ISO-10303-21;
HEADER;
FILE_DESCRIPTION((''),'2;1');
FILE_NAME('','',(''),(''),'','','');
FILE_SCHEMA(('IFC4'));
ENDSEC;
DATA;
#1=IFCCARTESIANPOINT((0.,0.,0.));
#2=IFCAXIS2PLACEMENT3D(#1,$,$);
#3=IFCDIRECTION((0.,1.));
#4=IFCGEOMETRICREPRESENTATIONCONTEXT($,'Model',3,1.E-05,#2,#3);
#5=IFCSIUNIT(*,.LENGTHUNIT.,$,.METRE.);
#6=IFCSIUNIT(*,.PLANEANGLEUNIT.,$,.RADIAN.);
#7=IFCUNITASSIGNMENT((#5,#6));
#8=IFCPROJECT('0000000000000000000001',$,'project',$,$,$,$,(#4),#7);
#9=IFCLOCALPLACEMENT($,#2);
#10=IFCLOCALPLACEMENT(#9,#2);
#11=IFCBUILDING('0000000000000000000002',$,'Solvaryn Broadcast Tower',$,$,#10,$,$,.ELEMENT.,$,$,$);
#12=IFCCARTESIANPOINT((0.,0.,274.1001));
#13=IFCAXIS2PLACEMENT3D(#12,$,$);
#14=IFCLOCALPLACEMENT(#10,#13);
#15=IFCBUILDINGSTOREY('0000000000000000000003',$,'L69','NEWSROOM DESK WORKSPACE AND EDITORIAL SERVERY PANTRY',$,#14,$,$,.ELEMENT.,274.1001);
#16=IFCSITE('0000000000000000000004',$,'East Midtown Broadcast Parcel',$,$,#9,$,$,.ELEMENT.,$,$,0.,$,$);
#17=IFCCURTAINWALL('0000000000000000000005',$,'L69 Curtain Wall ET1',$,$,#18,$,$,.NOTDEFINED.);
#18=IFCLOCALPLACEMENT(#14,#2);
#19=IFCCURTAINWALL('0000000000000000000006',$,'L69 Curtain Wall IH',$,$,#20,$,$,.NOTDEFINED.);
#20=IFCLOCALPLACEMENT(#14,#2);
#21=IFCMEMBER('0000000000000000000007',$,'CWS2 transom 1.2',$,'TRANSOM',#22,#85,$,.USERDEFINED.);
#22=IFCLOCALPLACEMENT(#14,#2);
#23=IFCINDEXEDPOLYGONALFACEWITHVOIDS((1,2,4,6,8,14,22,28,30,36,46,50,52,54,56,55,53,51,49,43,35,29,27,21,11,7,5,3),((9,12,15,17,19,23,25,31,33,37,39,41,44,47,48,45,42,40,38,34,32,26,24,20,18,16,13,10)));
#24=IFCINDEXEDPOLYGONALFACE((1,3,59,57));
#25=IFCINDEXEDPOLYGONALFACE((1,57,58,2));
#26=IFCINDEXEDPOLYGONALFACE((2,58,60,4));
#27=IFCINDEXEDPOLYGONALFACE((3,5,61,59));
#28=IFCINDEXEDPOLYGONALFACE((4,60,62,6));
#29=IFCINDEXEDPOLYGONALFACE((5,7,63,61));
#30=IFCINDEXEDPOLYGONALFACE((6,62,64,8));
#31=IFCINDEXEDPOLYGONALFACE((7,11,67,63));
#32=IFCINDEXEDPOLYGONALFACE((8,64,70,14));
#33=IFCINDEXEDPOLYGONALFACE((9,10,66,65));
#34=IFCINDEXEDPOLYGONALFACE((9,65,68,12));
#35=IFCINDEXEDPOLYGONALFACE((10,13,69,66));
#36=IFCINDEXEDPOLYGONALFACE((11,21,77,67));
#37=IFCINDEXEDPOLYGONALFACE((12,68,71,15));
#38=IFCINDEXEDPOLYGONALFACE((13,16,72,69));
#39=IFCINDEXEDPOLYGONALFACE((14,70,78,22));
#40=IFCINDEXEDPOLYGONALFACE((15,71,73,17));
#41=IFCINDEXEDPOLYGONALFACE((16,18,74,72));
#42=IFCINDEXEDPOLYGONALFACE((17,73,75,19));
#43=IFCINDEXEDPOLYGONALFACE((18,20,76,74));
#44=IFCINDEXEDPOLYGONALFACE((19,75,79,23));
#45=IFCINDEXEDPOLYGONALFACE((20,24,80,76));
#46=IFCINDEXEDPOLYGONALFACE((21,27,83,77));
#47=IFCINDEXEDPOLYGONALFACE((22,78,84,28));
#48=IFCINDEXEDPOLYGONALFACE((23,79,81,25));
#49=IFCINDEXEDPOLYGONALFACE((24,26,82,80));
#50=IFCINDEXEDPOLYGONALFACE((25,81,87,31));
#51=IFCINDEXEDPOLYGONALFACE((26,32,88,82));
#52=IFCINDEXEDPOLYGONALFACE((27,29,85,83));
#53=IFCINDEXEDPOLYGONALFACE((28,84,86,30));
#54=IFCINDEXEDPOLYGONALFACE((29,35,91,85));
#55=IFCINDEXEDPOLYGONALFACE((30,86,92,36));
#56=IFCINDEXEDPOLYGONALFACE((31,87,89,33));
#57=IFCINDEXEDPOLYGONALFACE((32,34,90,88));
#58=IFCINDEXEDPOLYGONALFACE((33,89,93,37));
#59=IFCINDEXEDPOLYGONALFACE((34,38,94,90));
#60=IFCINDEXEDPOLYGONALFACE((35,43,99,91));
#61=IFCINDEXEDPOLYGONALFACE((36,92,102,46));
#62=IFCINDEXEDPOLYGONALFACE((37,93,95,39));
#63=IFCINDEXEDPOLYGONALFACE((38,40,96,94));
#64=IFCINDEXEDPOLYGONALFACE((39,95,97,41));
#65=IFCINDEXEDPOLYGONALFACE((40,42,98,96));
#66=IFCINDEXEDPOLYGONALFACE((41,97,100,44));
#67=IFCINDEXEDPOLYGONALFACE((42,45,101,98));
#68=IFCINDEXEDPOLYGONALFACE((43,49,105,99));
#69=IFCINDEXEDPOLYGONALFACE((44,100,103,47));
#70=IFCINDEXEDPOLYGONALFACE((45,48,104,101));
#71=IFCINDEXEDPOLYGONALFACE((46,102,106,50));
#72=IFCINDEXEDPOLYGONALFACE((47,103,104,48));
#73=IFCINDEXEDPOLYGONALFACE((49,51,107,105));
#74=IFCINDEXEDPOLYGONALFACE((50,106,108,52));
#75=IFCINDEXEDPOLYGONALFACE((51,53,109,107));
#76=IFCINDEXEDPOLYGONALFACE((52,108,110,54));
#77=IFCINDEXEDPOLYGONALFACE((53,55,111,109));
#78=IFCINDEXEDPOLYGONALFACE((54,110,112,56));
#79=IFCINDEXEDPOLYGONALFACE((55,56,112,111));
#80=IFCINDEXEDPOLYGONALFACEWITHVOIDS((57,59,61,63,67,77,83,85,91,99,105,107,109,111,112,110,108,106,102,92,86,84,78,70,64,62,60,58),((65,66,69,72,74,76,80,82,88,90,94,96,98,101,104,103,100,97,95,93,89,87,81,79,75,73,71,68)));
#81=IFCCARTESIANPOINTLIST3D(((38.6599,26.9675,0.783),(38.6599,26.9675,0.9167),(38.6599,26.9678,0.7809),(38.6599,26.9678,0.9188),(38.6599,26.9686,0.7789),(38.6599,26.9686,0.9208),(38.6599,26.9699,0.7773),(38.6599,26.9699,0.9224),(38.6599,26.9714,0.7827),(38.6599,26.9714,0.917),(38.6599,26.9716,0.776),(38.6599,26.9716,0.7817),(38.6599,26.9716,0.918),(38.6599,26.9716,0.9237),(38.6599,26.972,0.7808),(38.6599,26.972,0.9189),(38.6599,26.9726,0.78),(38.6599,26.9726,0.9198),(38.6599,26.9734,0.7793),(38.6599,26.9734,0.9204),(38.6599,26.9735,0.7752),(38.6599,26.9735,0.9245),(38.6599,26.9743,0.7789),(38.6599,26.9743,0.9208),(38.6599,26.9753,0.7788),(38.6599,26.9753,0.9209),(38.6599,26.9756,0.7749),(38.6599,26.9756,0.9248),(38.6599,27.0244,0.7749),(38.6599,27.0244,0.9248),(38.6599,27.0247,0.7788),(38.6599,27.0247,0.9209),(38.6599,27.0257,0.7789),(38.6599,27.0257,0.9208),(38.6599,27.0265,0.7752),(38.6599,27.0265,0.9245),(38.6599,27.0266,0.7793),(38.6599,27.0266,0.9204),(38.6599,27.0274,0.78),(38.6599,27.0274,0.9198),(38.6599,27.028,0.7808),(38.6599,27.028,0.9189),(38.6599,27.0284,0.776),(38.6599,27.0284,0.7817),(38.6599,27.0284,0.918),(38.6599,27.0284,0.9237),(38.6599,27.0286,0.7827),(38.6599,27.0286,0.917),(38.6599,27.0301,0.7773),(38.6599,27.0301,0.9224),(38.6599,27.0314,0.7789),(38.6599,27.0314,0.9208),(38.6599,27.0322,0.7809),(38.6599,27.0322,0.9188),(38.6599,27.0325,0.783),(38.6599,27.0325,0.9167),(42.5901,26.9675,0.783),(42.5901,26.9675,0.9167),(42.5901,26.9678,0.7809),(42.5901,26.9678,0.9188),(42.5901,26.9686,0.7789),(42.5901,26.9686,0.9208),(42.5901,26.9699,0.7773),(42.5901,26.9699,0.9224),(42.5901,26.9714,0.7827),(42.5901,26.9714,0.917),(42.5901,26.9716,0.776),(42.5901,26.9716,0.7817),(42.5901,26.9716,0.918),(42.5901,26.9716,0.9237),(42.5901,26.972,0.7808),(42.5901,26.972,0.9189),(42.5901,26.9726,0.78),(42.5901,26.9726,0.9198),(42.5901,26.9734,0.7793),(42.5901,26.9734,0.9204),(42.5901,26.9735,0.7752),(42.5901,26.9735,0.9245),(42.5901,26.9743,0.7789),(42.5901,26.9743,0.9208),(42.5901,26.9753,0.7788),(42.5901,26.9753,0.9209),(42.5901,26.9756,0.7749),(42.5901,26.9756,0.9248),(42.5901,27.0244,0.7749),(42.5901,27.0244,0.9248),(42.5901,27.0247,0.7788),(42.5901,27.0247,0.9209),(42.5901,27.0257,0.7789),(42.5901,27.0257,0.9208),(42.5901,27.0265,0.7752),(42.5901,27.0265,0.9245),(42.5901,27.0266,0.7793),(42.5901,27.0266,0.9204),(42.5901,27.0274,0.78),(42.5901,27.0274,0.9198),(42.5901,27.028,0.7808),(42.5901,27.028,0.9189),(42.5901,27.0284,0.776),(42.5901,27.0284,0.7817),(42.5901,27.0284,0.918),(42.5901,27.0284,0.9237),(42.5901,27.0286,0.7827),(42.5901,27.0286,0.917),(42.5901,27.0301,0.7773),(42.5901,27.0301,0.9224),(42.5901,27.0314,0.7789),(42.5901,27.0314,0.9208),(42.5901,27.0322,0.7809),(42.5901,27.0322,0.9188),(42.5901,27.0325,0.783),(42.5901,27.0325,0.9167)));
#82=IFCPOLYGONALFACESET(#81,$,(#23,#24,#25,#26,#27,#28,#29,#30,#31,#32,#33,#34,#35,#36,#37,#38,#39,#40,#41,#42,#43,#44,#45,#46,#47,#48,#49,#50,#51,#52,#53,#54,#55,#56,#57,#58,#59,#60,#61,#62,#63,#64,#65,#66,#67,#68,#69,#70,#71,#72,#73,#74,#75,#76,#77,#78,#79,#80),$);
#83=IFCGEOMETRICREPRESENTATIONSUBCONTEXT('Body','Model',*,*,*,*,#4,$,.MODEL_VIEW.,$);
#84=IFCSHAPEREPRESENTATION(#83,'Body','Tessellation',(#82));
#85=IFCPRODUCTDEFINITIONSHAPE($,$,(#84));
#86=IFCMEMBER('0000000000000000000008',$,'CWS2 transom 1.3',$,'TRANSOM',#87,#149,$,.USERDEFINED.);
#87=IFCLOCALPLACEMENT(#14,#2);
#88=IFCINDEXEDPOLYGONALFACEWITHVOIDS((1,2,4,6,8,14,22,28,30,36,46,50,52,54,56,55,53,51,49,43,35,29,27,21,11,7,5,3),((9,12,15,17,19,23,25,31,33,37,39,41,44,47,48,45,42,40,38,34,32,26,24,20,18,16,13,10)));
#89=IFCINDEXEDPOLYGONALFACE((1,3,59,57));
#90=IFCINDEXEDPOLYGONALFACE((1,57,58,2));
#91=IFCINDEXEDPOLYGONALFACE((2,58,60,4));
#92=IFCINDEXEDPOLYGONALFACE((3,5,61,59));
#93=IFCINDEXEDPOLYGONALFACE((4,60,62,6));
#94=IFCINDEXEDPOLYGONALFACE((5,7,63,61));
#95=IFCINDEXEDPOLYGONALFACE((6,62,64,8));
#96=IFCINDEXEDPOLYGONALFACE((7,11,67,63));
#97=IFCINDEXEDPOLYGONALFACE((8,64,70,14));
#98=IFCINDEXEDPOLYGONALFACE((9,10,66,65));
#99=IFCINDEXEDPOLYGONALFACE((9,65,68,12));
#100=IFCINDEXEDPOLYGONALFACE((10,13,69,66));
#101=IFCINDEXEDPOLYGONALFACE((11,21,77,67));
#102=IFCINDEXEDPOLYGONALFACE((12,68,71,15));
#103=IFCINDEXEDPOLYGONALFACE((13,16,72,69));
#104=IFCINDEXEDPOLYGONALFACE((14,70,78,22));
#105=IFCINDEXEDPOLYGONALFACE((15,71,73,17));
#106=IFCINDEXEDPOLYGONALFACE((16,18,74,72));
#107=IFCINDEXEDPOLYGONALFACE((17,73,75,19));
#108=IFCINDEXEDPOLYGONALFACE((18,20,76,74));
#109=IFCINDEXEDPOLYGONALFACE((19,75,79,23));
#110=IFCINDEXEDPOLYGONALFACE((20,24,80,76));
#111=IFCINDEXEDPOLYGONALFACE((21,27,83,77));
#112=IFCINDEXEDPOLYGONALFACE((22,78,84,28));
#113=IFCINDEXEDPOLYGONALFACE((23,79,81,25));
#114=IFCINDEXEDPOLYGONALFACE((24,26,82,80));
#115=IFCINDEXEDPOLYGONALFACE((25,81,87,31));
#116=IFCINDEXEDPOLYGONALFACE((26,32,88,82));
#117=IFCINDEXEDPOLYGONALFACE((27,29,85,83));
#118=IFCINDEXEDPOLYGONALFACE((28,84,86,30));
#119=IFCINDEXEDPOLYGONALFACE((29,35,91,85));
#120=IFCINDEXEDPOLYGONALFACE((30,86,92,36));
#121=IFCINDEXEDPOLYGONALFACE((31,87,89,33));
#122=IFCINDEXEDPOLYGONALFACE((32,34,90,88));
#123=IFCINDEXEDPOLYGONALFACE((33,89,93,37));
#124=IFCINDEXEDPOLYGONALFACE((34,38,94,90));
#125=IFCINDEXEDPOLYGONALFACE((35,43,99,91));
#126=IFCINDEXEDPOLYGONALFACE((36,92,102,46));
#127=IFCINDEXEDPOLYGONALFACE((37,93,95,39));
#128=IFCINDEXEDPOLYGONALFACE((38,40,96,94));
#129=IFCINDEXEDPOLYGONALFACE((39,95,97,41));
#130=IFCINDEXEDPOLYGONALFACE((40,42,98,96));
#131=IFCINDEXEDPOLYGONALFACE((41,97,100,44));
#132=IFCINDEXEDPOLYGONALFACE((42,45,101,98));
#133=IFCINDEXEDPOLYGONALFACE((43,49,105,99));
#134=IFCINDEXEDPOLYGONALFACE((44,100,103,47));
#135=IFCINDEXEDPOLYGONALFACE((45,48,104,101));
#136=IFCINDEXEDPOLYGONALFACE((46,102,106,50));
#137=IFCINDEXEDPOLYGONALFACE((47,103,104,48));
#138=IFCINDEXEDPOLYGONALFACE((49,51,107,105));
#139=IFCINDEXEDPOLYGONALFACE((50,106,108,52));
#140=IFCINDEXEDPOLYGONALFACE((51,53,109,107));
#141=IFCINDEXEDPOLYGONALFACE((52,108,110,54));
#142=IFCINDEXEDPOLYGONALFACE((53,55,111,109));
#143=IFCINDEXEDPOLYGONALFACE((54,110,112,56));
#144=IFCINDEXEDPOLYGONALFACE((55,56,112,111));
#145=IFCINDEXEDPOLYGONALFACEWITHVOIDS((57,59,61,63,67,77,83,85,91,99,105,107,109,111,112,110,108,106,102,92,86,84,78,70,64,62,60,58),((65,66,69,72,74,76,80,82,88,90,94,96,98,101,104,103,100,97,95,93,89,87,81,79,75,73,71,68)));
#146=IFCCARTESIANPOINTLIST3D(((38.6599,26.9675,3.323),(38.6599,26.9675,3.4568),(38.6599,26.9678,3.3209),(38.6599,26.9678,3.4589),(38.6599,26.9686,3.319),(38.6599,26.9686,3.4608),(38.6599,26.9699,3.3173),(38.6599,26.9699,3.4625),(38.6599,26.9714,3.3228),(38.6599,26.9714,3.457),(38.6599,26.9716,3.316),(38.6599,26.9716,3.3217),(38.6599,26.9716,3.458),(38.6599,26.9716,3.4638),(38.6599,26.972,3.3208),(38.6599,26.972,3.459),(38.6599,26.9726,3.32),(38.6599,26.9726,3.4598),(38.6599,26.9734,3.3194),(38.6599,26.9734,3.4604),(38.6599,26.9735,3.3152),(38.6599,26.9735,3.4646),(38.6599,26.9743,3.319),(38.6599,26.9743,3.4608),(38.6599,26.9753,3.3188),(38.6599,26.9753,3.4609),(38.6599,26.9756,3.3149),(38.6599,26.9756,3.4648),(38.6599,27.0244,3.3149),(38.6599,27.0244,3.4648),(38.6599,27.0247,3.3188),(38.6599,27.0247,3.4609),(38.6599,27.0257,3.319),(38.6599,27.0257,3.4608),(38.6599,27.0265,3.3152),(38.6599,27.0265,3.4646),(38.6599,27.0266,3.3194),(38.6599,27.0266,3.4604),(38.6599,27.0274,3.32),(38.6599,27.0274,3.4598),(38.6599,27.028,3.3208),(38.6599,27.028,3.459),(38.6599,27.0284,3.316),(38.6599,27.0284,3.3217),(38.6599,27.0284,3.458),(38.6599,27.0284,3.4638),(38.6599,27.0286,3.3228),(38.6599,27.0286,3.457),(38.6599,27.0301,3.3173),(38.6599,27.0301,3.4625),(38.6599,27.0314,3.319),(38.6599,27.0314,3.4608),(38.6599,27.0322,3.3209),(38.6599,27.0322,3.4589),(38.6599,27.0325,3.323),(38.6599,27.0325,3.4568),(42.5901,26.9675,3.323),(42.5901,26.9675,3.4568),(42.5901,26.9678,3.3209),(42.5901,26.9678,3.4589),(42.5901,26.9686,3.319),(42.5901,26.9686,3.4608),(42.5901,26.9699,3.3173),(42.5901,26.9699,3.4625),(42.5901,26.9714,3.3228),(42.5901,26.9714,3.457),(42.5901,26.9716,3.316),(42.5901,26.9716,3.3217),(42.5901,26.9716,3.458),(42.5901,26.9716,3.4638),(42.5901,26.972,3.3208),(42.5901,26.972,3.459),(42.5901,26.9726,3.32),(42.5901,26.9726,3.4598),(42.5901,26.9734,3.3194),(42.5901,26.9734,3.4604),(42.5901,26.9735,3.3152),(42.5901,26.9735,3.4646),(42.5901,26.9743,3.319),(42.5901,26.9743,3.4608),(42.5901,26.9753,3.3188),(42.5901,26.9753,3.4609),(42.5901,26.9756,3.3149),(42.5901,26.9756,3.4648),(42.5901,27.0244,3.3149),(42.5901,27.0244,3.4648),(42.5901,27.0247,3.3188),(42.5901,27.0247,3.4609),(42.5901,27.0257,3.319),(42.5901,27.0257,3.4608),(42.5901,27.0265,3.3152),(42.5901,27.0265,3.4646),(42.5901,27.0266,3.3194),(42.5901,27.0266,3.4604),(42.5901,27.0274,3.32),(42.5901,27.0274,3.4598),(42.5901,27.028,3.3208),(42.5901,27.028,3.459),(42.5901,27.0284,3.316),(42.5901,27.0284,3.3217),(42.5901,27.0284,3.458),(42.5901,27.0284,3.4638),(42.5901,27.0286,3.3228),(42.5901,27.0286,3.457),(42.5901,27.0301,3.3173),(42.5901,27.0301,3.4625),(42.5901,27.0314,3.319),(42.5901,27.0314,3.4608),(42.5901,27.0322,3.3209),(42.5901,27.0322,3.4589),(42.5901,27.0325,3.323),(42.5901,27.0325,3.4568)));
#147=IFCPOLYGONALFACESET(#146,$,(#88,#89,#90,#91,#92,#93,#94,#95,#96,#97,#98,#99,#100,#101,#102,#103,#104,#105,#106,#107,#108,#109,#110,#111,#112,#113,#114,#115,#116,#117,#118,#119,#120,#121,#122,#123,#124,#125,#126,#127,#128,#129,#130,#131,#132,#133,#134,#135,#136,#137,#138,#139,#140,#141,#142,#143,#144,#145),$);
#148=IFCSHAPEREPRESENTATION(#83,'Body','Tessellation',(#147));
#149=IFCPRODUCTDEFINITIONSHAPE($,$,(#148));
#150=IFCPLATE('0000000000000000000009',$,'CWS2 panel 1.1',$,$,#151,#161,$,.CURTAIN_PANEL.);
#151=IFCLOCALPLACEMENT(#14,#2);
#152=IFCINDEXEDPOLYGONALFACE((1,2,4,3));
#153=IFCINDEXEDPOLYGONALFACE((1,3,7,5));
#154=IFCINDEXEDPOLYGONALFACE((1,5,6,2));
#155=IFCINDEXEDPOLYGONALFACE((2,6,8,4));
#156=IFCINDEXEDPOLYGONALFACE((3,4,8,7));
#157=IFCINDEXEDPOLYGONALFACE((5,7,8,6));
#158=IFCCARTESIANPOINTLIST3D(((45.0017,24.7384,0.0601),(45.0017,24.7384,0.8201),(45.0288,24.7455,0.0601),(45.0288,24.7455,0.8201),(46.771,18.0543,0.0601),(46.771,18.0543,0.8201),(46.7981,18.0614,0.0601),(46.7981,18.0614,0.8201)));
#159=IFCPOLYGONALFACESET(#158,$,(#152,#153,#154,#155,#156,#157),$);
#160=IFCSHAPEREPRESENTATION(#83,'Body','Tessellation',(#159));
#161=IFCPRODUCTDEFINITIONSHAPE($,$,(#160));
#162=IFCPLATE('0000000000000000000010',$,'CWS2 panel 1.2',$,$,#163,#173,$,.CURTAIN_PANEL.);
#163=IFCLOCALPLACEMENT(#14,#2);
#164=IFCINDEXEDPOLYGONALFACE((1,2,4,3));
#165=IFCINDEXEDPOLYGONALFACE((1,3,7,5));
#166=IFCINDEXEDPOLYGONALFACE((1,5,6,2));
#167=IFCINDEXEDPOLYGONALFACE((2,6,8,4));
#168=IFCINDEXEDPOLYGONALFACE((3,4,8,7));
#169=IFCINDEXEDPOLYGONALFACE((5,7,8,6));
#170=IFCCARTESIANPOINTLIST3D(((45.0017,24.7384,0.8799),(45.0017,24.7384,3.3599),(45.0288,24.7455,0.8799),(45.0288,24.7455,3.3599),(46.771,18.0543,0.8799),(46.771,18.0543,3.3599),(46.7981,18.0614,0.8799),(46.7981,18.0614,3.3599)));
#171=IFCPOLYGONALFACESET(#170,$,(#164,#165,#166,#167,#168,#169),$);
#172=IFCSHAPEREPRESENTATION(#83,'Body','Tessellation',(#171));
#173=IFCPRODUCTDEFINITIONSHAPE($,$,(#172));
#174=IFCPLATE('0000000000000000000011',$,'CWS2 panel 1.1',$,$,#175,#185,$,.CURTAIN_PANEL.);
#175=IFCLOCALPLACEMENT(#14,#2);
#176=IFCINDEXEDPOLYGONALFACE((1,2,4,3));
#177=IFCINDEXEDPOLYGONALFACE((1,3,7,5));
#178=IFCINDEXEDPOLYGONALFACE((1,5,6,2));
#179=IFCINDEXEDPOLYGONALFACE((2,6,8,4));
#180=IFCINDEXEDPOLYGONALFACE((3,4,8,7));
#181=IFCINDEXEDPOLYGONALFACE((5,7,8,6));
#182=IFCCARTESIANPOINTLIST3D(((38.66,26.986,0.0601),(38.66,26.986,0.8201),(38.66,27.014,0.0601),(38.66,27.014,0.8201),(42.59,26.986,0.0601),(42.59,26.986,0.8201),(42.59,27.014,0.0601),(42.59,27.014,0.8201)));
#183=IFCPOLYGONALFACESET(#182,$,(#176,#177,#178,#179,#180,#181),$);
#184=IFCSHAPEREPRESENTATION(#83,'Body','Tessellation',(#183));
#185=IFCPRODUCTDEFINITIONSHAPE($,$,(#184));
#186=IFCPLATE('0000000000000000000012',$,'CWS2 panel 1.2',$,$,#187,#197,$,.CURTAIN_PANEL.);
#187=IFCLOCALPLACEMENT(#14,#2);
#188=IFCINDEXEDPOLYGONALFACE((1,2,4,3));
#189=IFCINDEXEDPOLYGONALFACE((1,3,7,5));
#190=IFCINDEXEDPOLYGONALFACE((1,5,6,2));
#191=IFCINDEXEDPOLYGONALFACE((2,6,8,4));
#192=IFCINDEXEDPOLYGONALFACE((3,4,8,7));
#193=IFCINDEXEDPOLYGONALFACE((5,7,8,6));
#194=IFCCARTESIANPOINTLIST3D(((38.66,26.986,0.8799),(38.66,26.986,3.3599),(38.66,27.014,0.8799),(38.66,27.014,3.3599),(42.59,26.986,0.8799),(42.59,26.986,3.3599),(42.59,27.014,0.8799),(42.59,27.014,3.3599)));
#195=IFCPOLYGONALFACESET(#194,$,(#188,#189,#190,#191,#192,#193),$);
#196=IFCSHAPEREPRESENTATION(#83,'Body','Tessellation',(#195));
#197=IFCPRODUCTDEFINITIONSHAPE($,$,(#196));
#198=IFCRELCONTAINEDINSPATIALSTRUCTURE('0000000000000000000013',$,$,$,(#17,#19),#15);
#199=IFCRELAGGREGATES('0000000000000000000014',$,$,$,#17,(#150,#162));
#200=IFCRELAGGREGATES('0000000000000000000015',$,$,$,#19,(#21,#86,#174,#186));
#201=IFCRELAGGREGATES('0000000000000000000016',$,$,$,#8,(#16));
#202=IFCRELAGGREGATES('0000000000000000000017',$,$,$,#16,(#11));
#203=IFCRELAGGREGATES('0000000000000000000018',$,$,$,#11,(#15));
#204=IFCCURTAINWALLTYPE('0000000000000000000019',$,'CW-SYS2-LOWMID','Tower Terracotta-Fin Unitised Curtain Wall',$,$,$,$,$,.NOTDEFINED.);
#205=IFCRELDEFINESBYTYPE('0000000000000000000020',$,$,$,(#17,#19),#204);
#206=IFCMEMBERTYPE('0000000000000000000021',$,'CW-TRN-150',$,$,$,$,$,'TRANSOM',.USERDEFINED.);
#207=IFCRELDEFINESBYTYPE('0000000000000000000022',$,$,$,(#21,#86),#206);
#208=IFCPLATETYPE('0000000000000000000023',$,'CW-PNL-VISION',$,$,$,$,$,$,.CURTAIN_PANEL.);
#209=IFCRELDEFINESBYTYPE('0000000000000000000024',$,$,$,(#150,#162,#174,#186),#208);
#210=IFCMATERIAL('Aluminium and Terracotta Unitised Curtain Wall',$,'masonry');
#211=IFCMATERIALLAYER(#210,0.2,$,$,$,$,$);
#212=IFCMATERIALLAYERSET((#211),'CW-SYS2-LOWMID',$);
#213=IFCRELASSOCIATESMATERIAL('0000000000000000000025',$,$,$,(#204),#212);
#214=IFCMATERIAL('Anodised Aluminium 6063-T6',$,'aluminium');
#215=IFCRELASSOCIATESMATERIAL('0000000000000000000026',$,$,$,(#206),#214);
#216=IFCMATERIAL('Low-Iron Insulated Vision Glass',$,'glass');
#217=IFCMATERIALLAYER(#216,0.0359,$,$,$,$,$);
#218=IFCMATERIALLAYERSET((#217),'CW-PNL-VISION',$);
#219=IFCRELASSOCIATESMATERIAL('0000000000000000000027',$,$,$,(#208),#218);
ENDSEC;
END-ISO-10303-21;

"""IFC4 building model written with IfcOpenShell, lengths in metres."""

from ifc_helpers import new_model, si_unit, direction, frame, origin, origin_2d, place, context, subcontext, project, spatial, rectangle, hollow_rectangle, extrude, material, layer, layer_set, material_profile, profile_set, type_object, element, aggregate, save


model = new_model("IFC4")

# Units and contexts
model_context = context("Model", 3, precision=1e-05, world=origin(), true_north=direction((0.0, 1.0)))
body_context = subcontext(model_context, "Body", "Model", "MODEL_VIEW")
ifc_project = project(units=[si_unit("LENGTHUNIT", "METRE"), si_unit("PLANEANGLEUNIT", "RADIAN")], contexts=[model_context])

# Site, building, storey
site_placement = place(None, origin())
site = spatial("IfcSite", under=ifc_project, at=site_placement, Name="East Midtown Broadcast Parcel", CompositionType="ELEMENT", RefElevation=0.0)
building_placement = place(site_placement, origin())
building = spatial("IfcBuilding", under=site, at=building_placement, Name="Solvaryn Broadcast Tower", CompositionType="ELEMENT")
storey_placement = place(building_placement, frame((0.0, 0.0, 274.1001)))
storey = spatial("IfcBuildingStorey", under=building, at=storey_placement, Name="L69", Description="NEWSROOM DESK WORKSPACE AND EDITORIAL SERVERY PANTRY", CompositionType="ELEMENT", Elevation=274.1001)

# Curtain walls
ifc_material_1 = material(Name="Aluminium and Terracotta Unitised Curtain Wall", Category="masonry")
ifc_layer_1 = layer(ifc_material_1, 0.2)
ifc_layer_set_1 = layer_set([ifc_layer_1], Name="CW-SYS2-LOWMID")
curtain_wall_type = type_object("IfcCurtainWallType", Name="CW-SYS2-LOWMID", Description="Tower Terracotta-Fin Unitised Curtain Wall", PredefinedType="NOTDEFINED", material=ifc_layer_set_1)
curtain_wall_1_placement = place(storey_placement, origin())
curtain_wall_1 = element("IfcCurtainWall", 1, at=curtain_wall_1_placement, inside=storey, type_object=curtain_wall_type, Name="L69 Curtain Wall ET1", PredefinedType="NOTDEFINED")
curtain_wall_2_placement = place(storey_placement, origin())
curtain_wall_2 = element("IfcCurtainWall", 2, at=curtain_wall_2_placement, inside=storey, type_object=curtain_wall_type, Name="L69 Curtain Wall IH", PredefinedType="NOTDEFINED")

# Members
ifc_material_2 = material(Name="Anodised Aluminium 6063-T6", Category="aluminium")
ifc_material_profile_1 = material_profile(ifc_material_2, hollow_rectangle(XDim=0.0649, YDim=0.1499, WallThickness=0.0039, InnerFilletRadius=0.0039, OuterFilletRadius=0.0081, at=origin_2d()))
ifc_profile_set_1 = profile_set([ifc_material_profile_1], Name="Anodised Aluminium 6063-T6")
member_type_1 = type_object("IfcMemberType", Name="CW-TRN-150", ElementType="TRANSOM", PredefinedType="USERDEFINED", material=ifc_profile_set_1)
member_1_placement = place(storey_placement, frame((38.6599, 27.0, 0.8499), z_axis=(1.0, 0.0, 0.0), x_axis=(0.0, 1.0, 0.0)))
member_1 = element("IfcMember", 3, at=member_1_placement, type_object=member_type_1, Name="CWS2 transom 1.2", ObjectType="TRANSOM", PredefinedType="USERDEFINED", context=body_context, shape_type="SweptSolid", body=[
    extrude(hollow_rectangle(XDim=0.0649, YDim=0.1499, WallThickness=0.0039, InnerFilletRadius=0.0039, OuterFilletRadius=0.0081, at=origin_2d()), origin(), (0.0, 0.0, 1.0), 3.9302),
])
member_2_placement = place(storey_placement, frame((38.6599, 27.0, 3.3899), z_axis=(1.0, 0.0, 0.0), x_axis=(0.0, 1.0, 0.0)))
member_2 = element("IfcMember", 4, at=member_2_placement, type_object=member_type_1, Name="CWS2 transom 1.3", ObjectType="TRANSOM", PredefinedType="USERDEFINED", context=body_context, shape_type="SweptSolid", body=[
    extrude(hollow_rectangle(XDim=0.0649, YDim=0.1499, WallThickness=0.0039, InnerFilletRadius=0.0039, OuterFilletRadius=0.0081, at=origin_2d()), origin(), (0.0, 0.0, 1.0), 3.9302),
])

# Plates
ifc_material_3 = material(Name="Low-Iron Insulated Vision Glass", Category="glass")
ifc_layer_2 = layer(ifc_material_3, 0.0359)
ifc_layer_set_2 = layer_set([ifc_layer_2], Name="CW-PNL-VISION")
plate_type = type_object("IfcPlateType", Name="CW-PNL-VISION", PredefinedType="CURTAIN_PANEL", material=ifc_layer_set_2)
plate_1_placement = place(storey_placement, frame((45.8999, 21.3999, 0.0601), z_axis=(0.0, 0.0, 1.0), x_axis=(0.255893, -0.966705, 0.0)))
plate_1 = element("IfcPlate", 5, at=plate_1_placement, type_object=plate_type, Name="CWS2 panel 1.1", PredefinedType="CURTAIN_PANEL", context=body_context, shape_type="SweptSolid", body=[
    extrude(rectangle(XDim=6.9143, YDim=0.0281, at=origin_2d()), origin(), (0.0, 0.0, 1.0), 0.76),
])
plate_2_placement = place(storey_placement, frame((45.8999, 21.3999, 0.8799), z_axis=(0.0, 0.0, 1.0), x_axis=(0.255893, -0.966705, 0.0)))
plate_2 = element("IfcPlate", 6, at=plate_2_placement, type_object=plate_type, Name="CWS2 panel 1.2", PredefinedType="CURTAIN_PANEL", context=body_context, shape_type="SweptSolid", body=[
    extrude(rectangle(XDim=6.9143, YDim=0.0281, at=origin_2d()), origin(), (0.0, 0.0, 1.0), 2.48),
])
aggregate(curtain_wall_1, [plate_1, plate_2])
plate_3_placement = place(storey_placement, frame((40.625, 27.0, 0.0601), z_axis=(0.0, 0.0, 1.0), x_axis=(1.0, 0.0, 0.0)))
plate_3 = element("IfcPlate", 7, at=plate_3_placement, type_object=plate_type, Name="CWS2 panel 1.1", PredefinedType="CURTAIN_PANEL", context=body_context, shape_type="SweptSolid", body=[
    extrude(rectangle(XDim=3.9299, YDim=0.0281, at=origin_2d()), origin(), (0.0, 0.0, 1.0), 0.76),
])
plate_4_placement = place(storey_placement, frame((40.625, 27.0, 0.8799), z_axis=(0.0, 0.0, 1.0), x_axis=(1.0, 0.0, 0.0)))
plate_4 = element("IfcPlate", 8, at=plate_4_placement, type_object=plate_type, Name="CWS2 panel 1.2", PredefinedType="CURTAIN_PANEL", context=body_context, shape_type="SweptSolid", body=[
    extrude(rectangle(XDim=3.9299, YDim=0.0281, at=origin_2d()), origin(), (0.0, 0.0, 1.0), 2.48),
])
aggregate(curtain_wall_2, [member_1, member_2, plate_3, plate_4])

save(model, "model.ifc")
